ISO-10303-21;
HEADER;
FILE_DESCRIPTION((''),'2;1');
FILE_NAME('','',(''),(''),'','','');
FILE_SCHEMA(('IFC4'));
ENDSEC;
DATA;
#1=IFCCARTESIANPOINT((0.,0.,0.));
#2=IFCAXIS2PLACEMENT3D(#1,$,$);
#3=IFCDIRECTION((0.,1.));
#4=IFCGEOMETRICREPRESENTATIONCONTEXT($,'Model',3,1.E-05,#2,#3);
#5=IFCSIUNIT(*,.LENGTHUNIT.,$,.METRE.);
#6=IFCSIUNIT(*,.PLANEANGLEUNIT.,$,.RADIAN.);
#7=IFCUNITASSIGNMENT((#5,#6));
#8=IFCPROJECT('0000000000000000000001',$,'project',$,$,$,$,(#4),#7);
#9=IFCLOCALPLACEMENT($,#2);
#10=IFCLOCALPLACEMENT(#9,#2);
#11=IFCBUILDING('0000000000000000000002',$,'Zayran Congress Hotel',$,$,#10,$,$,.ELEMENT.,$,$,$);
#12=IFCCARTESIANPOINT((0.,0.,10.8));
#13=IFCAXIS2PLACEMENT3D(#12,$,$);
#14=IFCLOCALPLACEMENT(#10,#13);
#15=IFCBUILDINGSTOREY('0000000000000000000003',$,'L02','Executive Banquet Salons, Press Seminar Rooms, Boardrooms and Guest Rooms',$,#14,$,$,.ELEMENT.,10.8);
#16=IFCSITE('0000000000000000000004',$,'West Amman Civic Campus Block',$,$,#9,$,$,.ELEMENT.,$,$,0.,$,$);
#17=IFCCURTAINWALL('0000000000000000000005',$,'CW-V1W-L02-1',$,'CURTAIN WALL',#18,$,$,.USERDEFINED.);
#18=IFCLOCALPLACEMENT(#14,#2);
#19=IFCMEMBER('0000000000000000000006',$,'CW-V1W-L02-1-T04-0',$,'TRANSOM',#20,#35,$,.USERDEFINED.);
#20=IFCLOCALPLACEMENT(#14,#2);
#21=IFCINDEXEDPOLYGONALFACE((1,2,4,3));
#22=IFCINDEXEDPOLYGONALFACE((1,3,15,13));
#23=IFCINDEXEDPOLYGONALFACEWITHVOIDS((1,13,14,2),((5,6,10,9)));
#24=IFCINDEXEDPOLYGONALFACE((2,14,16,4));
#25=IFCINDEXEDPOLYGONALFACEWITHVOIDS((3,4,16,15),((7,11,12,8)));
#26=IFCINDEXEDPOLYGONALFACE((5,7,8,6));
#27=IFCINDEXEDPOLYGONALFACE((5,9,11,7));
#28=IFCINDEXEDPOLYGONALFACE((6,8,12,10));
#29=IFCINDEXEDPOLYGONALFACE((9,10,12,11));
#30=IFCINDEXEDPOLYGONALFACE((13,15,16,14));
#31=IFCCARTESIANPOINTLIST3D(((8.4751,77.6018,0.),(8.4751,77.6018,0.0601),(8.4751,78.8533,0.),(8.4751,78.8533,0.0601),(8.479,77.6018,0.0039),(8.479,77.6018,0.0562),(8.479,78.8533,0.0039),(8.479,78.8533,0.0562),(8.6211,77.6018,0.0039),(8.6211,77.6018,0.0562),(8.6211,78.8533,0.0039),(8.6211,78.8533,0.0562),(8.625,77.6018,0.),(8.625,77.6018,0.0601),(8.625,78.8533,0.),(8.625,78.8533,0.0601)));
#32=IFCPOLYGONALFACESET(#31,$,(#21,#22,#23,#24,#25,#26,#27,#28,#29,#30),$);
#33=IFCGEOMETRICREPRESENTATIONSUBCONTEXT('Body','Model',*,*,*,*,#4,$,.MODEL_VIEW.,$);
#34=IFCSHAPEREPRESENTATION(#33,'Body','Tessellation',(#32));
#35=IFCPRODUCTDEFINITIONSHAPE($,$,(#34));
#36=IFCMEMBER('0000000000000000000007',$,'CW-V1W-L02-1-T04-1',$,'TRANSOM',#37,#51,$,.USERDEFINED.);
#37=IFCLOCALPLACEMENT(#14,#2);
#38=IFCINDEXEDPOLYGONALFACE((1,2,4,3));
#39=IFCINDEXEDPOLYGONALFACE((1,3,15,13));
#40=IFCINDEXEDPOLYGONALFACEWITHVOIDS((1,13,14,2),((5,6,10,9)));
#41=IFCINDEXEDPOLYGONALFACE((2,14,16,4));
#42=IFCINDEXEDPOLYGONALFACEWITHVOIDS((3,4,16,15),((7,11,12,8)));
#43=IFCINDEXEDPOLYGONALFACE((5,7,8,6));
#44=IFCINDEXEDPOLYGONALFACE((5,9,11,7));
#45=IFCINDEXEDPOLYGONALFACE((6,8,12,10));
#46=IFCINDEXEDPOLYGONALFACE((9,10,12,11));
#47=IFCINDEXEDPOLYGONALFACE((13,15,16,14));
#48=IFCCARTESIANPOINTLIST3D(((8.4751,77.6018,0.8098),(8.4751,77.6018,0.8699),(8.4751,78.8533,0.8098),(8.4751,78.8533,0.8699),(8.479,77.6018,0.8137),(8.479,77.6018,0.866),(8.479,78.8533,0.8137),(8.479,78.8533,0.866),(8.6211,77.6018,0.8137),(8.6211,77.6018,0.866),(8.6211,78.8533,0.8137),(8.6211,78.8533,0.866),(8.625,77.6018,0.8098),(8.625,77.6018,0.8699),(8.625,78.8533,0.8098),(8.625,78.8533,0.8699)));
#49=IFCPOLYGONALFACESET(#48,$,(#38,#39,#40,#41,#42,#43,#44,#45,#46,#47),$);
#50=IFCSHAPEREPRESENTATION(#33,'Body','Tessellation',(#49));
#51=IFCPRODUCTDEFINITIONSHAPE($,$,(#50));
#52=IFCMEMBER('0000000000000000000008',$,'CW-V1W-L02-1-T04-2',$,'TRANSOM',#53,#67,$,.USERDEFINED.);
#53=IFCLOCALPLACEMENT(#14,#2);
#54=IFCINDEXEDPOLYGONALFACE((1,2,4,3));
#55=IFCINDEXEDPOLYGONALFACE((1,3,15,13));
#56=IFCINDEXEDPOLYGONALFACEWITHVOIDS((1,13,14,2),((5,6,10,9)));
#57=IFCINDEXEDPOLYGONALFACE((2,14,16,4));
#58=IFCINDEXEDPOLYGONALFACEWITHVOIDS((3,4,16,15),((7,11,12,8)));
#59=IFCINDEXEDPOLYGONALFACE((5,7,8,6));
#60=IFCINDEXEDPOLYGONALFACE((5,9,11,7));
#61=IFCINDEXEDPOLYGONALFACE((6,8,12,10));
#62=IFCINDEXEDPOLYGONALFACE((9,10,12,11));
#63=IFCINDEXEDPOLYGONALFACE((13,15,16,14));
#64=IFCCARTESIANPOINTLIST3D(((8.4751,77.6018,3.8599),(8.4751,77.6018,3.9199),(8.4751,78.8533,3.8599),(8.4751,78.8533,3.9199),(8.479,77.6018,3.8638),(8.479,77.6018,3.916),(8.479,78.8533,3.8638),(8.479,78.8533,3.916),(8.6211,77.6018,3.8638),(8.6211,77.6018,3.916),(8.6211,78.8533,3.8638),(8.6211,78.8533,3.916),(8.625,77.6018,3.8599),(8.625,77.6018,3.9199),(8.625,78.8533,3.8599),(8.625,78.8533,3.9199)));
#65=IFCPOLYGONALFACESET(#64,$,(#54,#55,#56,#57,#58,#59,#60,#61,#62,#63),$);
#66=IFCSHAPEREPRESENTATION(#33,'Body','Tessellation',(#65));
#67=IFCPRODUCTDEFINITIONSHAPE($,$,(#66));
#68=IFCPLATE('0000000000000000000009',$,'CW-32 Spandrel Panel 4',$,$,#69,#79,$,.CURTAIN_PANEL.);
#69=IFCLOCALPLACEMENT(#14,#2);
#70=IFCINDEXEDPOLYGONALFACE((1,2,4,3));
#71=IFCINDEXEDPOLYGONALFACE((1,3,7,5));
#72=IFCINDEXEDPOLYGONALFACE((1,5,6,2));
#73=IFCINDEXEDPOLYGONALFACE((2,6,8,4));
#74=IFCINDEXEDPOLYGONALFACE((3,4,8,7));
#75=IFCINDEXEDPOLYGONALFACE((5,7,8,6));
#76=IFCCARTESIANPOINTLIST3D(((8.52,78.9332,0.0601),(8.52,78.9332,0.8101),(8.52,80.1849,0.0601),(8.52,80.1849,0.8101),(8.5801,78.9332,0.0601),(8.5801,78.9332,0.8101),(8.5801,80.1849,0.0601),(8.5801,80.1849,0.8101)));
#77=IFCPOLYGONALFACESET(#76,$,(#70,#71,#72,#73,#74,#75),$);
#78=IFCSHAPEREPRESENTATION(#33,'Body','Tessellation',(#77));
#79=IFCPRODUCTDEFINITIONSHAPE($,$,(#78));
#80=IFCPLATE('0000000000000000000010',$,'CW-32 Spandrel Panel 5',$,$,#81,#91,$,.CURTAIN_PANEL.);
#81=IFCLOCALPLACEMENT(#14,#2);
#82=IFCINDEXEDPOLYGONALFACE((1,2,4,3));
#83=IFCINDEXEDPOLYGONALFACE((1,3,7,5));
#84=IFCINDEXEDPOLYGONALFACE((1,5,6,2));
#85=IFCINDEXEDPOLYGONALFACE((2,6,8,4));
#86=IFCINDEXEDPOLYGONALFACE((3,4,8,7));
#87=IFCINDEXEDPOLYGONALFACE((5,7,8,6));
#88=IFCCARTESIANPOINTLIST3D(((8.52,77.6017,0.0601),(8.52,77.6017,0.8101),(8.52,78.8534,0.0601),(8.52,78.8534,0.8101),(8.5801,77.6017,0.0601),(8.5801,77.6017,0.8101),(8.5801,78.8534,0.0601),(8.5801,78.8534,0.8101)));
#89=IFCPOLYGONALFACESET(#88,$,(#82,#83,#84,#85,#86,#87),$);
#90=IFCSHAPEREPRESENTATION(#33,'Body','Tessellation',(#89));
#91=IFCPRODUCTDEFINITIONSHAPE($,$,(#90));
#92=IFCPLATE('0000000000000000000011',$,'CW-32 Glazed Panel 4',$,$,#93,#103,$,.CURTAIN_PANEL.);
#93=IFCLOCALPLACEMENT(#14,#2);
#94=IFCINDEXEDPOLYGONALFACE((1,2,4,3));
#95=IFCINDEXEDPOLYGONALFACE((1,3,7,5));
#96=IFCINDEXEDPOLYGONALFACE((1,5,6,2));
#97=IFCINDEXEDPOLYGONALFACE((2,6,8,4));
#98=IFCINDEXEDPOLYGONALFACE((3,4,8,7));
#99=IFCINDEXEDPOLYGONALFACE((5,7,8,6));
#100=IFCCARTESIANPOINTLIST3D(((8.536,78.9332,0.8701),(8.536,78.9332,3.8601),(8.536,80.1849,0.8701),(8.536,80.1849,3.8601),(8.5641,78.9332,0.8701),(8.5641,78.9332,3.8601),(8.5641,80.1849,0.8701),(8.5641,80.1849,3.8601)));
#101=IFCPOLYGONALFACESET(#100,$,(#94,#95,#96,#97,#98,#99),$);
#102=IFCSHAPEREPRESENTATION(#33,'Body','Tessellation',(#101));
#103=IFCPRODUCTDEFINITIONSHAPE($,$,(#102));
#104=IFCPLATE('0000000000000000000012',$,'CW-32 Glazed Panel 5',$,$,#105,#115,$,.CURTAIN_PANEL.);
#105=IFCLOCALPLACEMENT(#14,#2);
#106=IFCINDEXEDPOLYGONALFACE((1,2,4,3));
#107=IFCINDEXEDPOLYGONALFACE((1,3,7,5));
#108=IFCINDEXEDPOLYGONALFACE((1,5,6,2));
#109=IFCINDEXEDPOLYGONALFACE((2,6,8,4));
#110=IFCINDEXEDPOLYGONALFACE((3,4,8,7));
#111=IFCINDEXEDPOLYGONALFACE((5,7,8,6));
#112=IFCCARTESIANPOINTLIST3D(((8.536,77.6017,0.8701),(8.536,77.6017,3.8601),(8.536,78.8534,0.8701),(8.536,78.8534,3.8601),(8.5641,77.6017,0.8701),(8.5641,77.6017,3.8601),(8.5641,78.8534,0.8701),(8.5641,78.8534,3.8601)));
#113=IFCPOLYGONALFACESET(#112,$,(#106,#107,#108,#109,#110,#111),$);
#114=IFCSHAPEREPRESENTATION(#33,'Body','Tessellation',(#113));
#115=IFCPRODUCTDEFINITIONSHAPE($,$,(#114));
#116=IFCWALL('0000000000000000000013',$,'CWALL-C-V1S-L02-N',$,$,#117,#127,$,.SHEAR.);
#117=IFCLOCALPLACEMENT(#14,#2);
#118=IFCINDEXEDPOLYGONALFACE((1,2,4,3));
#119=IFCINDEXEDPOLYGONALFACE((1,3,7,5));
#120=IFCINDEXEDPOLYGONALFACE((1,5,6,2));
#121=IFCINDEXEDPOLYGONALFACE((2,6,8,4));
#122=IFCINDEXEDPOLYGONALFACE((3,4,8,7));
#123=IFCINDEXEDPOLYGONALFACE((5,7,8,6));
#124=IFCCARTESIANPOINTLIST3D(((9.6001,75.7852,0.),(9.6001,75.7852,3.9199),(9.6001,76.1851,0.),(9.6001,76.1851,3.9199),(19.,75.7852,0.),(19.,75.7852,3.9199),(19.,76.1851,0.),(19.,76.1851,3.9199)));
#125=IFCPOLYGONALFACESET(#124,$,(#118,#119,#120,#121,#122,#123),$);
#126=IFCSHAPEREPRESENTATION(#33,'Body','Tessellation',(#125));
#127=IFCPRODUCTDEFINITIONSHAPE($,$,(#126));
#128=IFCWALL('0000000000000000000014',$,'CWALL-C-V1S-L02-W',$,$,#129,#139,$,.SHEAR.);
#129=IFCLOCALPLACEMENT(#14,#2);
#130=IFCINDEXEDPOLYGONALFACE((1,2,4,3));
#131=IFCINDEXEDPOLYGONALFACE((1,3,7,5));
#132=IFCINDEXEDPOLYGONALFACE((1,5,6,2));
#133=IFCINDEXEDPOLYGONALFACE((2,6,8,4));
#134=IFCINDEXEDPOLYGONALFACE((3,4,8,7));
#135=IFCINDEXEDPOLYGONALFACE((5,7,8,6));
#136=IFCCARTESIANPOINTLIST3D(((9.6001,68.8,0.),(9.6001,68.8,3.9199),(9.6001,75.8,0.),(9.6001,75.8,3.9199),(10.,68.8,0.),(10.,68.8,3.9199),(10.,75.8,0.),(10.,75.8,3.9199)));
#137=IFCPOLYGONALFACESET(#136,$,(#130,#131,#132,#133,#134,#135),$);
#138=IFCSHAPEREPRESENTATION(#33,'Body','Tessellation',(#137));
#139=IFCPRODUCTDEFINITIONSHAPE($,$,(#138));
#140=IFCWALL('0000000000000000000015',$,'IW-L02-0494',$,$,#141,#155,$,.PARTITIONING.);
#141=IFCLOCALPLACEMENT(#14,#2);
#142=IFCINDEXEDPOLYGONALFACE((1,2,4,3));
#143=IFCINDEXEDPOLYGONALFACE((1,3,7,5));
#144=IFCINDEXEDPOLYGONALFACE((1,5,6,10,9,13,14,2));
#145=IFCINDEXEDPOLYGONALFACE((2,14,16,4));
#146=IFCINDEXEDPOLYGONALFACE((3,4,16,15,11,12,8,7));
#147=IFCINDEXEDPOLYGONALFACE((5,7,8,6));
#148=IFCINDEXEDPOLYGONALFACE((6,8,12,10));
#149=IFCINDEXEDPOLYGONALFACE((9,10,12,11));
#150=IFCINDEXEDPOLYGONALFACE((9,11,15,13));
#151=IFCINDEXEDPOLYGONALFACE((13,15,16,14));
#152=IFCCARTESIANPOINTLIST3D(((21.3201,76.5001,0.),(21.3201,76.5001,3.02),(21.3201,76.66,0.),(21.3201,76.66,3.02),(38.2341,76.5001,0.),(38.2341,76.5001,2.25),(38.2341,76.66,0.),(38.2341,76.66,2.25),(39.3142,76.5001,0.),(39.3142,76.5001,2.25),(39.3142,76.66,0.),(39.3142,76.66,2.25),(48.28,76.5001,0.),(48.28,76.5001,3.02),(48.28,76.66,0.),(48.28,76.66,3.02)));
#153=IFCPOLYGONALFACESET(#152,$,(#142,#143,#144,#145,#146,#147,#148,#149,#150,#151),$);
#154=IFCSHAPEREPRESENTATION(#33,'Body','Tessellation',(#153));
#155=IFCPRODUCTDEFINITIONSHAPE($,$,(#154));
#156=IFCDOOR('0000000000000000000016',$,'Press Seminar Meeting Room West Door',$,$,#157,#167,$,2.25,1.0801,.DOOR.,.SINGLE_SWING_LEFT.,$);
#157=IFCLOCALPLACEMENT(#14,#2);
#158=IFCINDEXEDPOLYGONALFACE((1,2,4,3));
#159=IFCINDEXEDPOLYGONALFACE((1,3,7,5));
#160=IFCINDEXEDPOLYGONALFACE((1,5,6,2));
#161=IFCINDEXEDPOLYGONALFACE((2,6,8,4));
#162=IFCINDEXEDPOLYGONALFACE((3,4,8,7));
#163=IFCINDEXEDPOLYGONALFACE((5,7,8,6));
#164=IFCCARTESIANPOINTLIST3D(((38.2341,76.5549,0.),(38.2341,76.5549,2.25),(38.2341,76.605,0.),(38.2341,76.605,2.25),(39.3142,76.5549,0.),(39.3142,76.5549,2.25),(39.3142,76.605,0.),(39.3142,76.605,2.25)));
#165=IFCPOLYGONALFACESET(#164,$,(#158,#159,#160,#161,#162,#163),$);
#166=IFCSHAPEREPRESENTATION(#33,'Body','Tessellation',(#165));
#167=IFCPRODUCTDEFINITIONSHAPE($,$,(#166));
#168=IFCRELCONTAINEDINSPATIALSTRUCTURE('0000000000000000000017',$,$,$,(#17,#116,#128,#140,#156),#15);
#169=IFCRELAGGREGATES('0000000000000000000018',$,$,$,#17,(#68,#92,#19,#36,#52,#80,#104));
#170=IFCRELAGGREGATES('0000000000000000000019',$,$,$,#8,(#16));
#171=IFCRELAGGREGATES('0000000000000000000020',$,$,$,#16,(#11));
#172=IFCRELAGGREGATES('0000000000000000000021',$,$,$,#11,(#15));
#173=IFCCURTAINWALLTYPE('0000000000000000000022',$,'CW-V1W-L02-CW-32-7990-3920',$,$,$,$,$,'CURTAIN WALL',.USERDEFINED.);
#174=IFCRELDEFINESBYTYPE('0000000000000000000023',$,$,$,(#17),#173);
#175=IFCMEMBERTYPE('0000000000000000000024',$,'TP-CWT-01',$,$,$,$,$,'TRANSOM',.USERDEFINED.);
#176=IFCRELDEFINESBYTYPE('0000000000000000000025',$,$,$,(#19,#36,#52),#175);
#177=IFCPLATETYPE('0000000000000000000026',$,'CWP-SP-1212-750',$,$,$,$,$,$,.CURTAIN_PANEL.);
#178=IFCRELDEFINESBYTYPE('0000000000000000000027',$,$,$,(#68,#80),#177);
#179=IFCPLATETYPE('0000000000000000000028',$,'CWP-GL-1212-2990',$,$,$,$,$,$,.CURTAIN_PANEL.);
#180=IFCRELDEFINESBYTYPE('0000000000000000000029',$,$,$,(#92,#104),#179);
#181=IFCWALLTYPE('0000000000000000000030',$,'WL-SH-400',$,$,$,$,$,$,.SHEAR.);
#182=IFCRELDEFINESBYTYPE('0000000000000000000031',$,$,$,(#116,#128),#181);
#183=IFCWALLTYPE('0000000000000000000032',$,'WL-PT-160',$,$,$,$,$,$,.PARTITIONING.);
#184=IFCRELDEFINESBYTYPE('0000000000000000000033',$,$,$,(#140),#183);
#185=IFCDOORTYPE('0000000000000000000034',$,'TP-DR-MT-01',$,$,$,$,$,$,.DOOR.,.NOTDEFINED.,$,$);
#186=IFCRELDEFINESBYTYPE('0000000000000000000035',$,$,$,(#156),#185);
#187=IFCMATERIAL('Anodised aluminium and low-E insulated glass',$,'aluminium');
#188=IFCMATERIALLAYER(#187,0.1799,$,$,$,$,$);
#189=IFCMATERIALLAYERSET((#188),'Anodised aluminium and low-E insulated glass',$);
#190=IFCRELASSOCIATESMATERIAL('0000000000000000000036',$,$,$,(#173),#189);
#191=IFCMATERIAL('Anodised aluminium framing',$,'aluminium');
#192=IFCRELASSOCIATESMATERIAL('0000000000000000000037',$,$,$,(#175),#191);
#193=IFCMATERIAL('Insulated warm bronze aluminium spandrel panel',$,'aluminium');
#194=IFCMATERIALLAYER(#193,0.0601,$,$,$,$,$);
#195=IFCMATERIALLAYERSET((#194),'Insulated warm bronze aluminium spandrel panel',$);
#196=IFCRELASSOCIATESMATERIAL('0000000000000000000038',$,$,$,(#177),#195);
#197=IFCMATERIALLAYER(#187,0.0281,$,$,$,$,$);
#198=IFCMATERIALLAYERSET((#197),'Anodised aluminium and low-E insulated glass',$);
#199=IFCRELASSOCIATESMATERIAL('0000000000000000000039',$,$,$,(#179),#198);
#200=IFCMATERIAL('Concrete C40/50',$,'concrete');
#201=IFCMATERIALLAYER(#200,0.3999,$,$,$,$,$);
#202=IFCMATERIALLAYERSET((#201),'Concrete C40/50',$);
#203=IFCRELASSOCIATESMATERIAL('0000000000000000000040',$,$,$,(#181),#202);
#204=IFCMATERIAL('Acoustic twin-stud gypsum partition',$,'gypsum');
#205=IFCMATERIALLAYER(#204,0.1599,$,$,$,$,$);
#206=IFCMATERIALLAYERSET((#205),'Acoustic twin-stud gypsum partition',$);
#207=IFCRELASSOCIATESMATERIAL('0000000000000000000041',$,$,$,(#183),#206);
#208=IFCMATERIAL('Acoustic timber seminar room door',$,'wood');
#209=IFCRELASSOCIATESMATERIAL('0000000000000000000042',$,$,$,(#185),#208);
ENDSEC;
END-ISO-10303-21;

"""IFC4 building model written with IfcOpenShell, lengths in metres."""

from ifc_helpers import new_model, si_unit, direction, frame, frame_2d, origin, origin_2d, place, context, subcontext, project, spatial, rectangle, hollow_rectangle, extrude, material, layer, layer_set, material_profile, profile_set, type_object, element, fill, aggregate, save


model = new_model("IFC4")

# Units and contexts
model_context = context("Model", 3, precision=1e-05, world=origin(), true_north=direction((0.0, 1.0)))
body_context = subcontext(model_context, "Body", "Model", "MODEL_VIEW")
ifc_project = project(units=[si_unit("LENGTHUNIT", "METRE"), si_unit("PLANEANGLEUNIT", "RADIAN")], contexts=[model_context])

# Site, building, storey
site_placement = place(None, origin())
site = spatial("IfcSite", under=ifc_project, at=site_placement, Name="West Amman Civic Campus Block", CompositionType="ELEMENT", RefElevation=0.0)
building_placement = place(site_placement, origin())
building = spatial("IfcBuilding", under=site, at=building_placement, Name="Zayran Congress Hotel", CompositionType="ELEMENT")
storey_placement = place(building_placement, frame((0.0, 0.0, 10.8)))
storey = spatial("IfcBuildingStorey", under=building, at=storey_placement, Name="L02", Description="Executive Banquet Salons, Press Seminar Rooms, Boardrooms and Guest Rooms", CompositionType="ELEMENT", Elevation=10.8)

# Curtain wall, members, plates
ifc_material_1 = material(Name="Anodised aluminium and low-E insulated glass", Category="aluminium")
ifc_layer_1 = layer(ifc_material_1, 0.1799)
ifc_layer_set_1 = layer_set([ifc_layer_1], Name="Anodised aluminium and low-E insulated glass")
curtain_wall_type = type_object("IfcCurtainWallType", Name="CW-V1W-L02-CW-32-7990-3920", ElementType="CURTAIN WALL", PredefinedType="USERDEFINED", material=ifc_layer_set_1)
curtain_wall_placement = place(storey_placement, origin())
curtain_wall = element("IfcCurtainWall", 1, at=curtain_wall_placement, inside=storey, type_object=curtain_wall_type, Name="CW-V1W-L02-1", ObjectType="CURTAIN WALL", PredefinedType="USERDEFINED")
ifc_material_2 = material(Name="Anodised aluminium framing", Category="aluminium")
ifc_material_profile_1 = material_profile(ifc_material_2, hollow_rectangle(XDim=0.0601, YDim=0.1499, WallThickness=0.0039, at=origin_2d()), Name="RHS 150x60x4")
ifc_profile_set_1 = profile_set([ifc_material_profile_1], Name="Anodised aluminium framing")
member_type_1 = type_object("IfcMemberType", Name="TP-CWT-01", ElementType="TRANSOM", PredefinedType="USERDEFINED", material=ifc_profile_set_1)
member_1_placement = place(storey_placement, frame((8.55, 78.8533, 0.03), z_axis=(0.0, -1.0, 0.0), x_axis=(0.0, 0.0, 1.0)))
member_1 = element("IfcMember", 2, at=member_1_placement, type_object=member_type_1, Name="CW-V1W-L02-1-T04-0", ObjectType="TRANSOM", PredefinedType="USERDEFINED", context=body_context, shape_type="SweptSolid", body=[
    extrude(hollow_rectangle(XDim=0.0601, YDim=0.1499, WallThickness=0.0039, at=origin_2d()), origin(), (0.0, 0.0, 1.0), 1.2515),
])
member_2_placement = place(storey_placement, frame((8.55, 78.8533, 0.8398), z_axis=(0.0, -1.0, 0.0), x_axis=(0.0, 0.0, 1.0)))
member_2 = element("IfcMember", 3, at=member_2_placement, type_object=member_type_1, Name="CW-V1W-L02-1-T04-1", ObjectType="TRANSOM", PredefinedType="USERDEFINED", context=body_context, shape_type="SweptSolid", body=[
    extrude(hollow_rectangle(XDim=0.0601, YDim=0.1499, WallThickness=0.0039, at=origin_2d()), origin(), (0.0, 0.0, 1.0), 1.2515),
])
member_3_placement = place(storey_placement, frame((8.55, 78.8533, 3.8899), z_axis=(0.0, -1.0, 0.0), x_axis=(0.0, 0.0, 1.0)))
member_3 = element("IfcMember", 4, at=member_3_placement, type_object=member_type_1, Name="CW-V1W-L02-1-T04-2", ObjectType="TRANSOM", PredefinedType="USERDEFINED", context=body_context, shape_type="SweptSolid", body=[
    extrude(hollow_rectangle(XDim=0.0601, YDim=0.1499, WallThickness=0.0039, at=origin_2d()), origin(), (0.0, 0.0, 1.0), 1.2515),
])
ifc_material_3 = material(Name="Insulated warm bronze aluminium spandrel panel", Category="aluminium")
ifc_layer_2 = layer(ifc_material_3, 0.0601)
ifc_layer_set_2 = layer_set([ifc_layer_2], Name="Insulated warm bronze aluminium spandrel panel")
plate_type_1 = type_object("IfcPlateType", Name="CWP-SP-1212-750", PredefinedType="CURTAIN_PANEL", material=ifc_layer_set_2)
plate_1_placement = place(storey_placement, frame((8.55, 79.5591, 0.0601), z_axis=(0.0, 0.0, 1.0), x_axis=(0.0, 1.0, 0.0)))
plate_1 = element("IfcPlate", 5, at=plate_1_placement, type_object=plate_type_1, Name="CW-32 Spandrel Panel 4", PredefinedType="CURTAIN_PANEL", context=body_context, shape_type="SweptSolid", body=[
    extrude(rectangle(XDim=1.2517, YDim=0.0601, at=origin_2d()), origin(), (0.0, 0.0, 1.0), 0.75),
])
plate_2_placement = place(storey_placement, frame((8.55, 78.2275, 0.0601), z_axis=(0.0, 0.0, 1.0), x_axis=(0.0, 1.0, 0.0)))
plate_2 = element("IfcPlate", 6, at=plate_2_placement, type_object=plate_type_1, Name="CW-32 Spandrel Panel 5", PredefinedType="CURTAIN_PANEL", context=body_context, shape_type="SweptSolid", body=[
    extrude(rectangle(XDim=1.2517, YDim=0.0601, at=origin_2d()), origin(), (0.0, 0.0, 1.0), 0.75),
])
ifc_layer_3 = layer(ifc_material_1, 0.0281)
ifc_layer_set_3 = layer_set([ifc_layer_3], Name="Anodised aluminium and low-E insulated glass")
plate_type_2 = type_object("IfcPlateType", Name="CWP-GL-1212-2990", PredefinedType="CURTAIN_PANEL", material=ifc_layer_set_3)
plate_3_placement = place(storey_placement, frame((8.55, 79.5591, 0.8701), z_axis=(0.0, 0.0, 1.0), x_axis=(0.0, 1.0, 0.0)))
plate_3 = element("IfcPlate", 7, at=plate_3_placement, type_object=plate_type_2, Name="CW-32 Glazed Panel 4", PredefinedType="CURTAIN_PANEL", context=body_context, shape_type="SweptSolid", body=[
    extrude(rectangle(XDim=1.2517, YDim=0.0281, at=origin_2d()), origin(), (0.0, 0.0, 1.0), 2.99),
])
plate_4_placement = place(storey_placement, frame((8.55, 78.2275, 0.8701), z_axis=(0.0, 0.0, 1.0), x_axis=(0.0, 1.0, 0.0)))
plate_4 = element("IfcPlate", 8, at=plate_4_placement, type_object=plate_type_2, Name="CW-32 Glazed Panel 5", PredefinedType="CURTAIN_PANEL", context=body_context, shape_type="SweptSolid", body=[
    extrude(rectangle(XDim=1.2517, YDim=0.0281, at=origin_2d()), origin(), (0.0, 0.0, 1.0), 2.99),
])
aggregate(curtain_wall, [plate_1, plate_3, member_1, member_2, member_3, plate_2, plate_4])

# Walls
ifc_material_4 = material(Name="Concrete C40/50", Category="concrete")
ifc_layer_4 = layer(ifc_material_4, 0.3999)
ifc_layer_set_4 = layer_set([ifc_layer_4], Name="Concrete C40/50")
wall_type_1 = type_object("IfcWallType", Name="WL-SH-400", PredefinedType="SHEAR", material=ifc_layer_set_4)
wall_1_placement = place(storey_placement, frame((19.0, 75.9851, 0.0), z_axis=(0.0, 0.0, 1.0), x_axis=(-1.0, 0.0, 0.0)))
element("IfcWall", 9, at=wall_1_placement, inside=storey, type_object=wall_type_1, Name="CWALL-C-V1S-L02-N", PredefinedType="SHEAR", context=body_context, shape_type="SweptSolid", body=[
    extrude(rectangle(XDim=9.3999, YDim=0.3999, at=frame_2d((4.7, 0.0))), origin(), (0.0, 0.0, 1.0), 3.9199),
])
wall_2_placement = place(storey_placement, frame((9.8, 75.8, 0.0), z_axis=(0.0, 0.0, 1.0), x_axis=(0.0, -1.0, 0.0)))
element("IfcWall", 10, at=wall_2_placement, inside=storey, type_object=wall_type_1, Name="CWALL-C-V1S-L02-W", PredefinedType="SHEAR", context=body_context, shape_type="SweptSolid", body=[
    extrude(rectangle(XDim=7.0, YDim=0.3999, at=frame_2d((3.5, 0.0))), origin(), (0.0, 0.0, 1.0), 3.9199),
])

# Wall, opening, door
ifc_material_5 = material(Name="Acoustic twin-stud gypsum partition", Category="gypsum")
ifc_layer_5 = layer(ifc_material_5, 0.1599)
ifc_layer_set_5 = layer_set([ifc_layer_5], Name="Acoustic twin-stud gypsum partition")
wall_type_2 = type_object("IfcWallType", Name="WL-PT-160", PredefinedType="PARTITIONING", material=ifc_layer_set_5)
wall_3_placement = place(storey_placement, frame((21.3201, 76.5801, 0.0), z_axis=(0.0, 0.0, 1.0), x_axis=(1.0, 0.0, 0.0)))
wall_3 = element("IfcWall", 11, at=wall_3_placement, inside=storey, type_object=wall_type_2, Name="IW-L02-0494", PredefinedType="PARTITIONING", context=body_context, shape_type="SweptSolid", body=[
    extrude(rectangle(XDim=26.96, YDim=0.1599, at=frame_2d((13.48, 0.0))), origin(), (0.0, 0.0, 1.0), 3.02),
])
opening_1_placement = place(wall_3_placement, frame((16.9141, 0.0, 0.0)))
opening_1 = element("IfcOpeningElement", 12, at=opening_1_placement, cuts=wall_3, PredefinedType="OPENING", context=body_context, shape_type="SweptSolid", body=[
    extrude(rectangle(XDim=1.0801, YDim=2.25, at=frame_2d((0.54, 1.125))), frame((0.0, 0.0898, 0.0), z_axis=(0.0, -1.0, 0.0), x_axis=(1.0, 0.0, 0.0)), (0.0, 0.0, 1.0), 0.1799),
])
ifc_material_6 = material(Name="Acoustic timber seminar room door", Category="wood")
door_type_1 = type_object("IfcDoorType", Name="TP-DR-MT-01", OperationType="NOTDEFINED", PredefinedType="DOOR", material=ifc_material_6)
door_1_placement = place(opening_1_placement, origin())
door_1 = element("IfcDoor", 13, at=door_1_placement, inside=storey, type_object=door_type_1, Name="Press Seminar Meeting Room West Door", OperationType="SINGLE_SWING_LEFT", OverallHeight=2.25, OverallWidth=1.0801, PredefinedType="DOOR", context=body_context, shape_type="SweptSolid", body=[
    extrude(rectangle(XDim=1.0801, YDim=2.25, at=frame_2d((0.54, 1.125))), frame((0.0, 0.0249, 0.0), z_axis=(0.0, -1.0, 0.0), x_axis=(1.0, 0.0, 0.0)), (0.0, 0.0, 1.0), 0.05),
])
fill(opening_1, door_1)

save(model, "model.ifc")
